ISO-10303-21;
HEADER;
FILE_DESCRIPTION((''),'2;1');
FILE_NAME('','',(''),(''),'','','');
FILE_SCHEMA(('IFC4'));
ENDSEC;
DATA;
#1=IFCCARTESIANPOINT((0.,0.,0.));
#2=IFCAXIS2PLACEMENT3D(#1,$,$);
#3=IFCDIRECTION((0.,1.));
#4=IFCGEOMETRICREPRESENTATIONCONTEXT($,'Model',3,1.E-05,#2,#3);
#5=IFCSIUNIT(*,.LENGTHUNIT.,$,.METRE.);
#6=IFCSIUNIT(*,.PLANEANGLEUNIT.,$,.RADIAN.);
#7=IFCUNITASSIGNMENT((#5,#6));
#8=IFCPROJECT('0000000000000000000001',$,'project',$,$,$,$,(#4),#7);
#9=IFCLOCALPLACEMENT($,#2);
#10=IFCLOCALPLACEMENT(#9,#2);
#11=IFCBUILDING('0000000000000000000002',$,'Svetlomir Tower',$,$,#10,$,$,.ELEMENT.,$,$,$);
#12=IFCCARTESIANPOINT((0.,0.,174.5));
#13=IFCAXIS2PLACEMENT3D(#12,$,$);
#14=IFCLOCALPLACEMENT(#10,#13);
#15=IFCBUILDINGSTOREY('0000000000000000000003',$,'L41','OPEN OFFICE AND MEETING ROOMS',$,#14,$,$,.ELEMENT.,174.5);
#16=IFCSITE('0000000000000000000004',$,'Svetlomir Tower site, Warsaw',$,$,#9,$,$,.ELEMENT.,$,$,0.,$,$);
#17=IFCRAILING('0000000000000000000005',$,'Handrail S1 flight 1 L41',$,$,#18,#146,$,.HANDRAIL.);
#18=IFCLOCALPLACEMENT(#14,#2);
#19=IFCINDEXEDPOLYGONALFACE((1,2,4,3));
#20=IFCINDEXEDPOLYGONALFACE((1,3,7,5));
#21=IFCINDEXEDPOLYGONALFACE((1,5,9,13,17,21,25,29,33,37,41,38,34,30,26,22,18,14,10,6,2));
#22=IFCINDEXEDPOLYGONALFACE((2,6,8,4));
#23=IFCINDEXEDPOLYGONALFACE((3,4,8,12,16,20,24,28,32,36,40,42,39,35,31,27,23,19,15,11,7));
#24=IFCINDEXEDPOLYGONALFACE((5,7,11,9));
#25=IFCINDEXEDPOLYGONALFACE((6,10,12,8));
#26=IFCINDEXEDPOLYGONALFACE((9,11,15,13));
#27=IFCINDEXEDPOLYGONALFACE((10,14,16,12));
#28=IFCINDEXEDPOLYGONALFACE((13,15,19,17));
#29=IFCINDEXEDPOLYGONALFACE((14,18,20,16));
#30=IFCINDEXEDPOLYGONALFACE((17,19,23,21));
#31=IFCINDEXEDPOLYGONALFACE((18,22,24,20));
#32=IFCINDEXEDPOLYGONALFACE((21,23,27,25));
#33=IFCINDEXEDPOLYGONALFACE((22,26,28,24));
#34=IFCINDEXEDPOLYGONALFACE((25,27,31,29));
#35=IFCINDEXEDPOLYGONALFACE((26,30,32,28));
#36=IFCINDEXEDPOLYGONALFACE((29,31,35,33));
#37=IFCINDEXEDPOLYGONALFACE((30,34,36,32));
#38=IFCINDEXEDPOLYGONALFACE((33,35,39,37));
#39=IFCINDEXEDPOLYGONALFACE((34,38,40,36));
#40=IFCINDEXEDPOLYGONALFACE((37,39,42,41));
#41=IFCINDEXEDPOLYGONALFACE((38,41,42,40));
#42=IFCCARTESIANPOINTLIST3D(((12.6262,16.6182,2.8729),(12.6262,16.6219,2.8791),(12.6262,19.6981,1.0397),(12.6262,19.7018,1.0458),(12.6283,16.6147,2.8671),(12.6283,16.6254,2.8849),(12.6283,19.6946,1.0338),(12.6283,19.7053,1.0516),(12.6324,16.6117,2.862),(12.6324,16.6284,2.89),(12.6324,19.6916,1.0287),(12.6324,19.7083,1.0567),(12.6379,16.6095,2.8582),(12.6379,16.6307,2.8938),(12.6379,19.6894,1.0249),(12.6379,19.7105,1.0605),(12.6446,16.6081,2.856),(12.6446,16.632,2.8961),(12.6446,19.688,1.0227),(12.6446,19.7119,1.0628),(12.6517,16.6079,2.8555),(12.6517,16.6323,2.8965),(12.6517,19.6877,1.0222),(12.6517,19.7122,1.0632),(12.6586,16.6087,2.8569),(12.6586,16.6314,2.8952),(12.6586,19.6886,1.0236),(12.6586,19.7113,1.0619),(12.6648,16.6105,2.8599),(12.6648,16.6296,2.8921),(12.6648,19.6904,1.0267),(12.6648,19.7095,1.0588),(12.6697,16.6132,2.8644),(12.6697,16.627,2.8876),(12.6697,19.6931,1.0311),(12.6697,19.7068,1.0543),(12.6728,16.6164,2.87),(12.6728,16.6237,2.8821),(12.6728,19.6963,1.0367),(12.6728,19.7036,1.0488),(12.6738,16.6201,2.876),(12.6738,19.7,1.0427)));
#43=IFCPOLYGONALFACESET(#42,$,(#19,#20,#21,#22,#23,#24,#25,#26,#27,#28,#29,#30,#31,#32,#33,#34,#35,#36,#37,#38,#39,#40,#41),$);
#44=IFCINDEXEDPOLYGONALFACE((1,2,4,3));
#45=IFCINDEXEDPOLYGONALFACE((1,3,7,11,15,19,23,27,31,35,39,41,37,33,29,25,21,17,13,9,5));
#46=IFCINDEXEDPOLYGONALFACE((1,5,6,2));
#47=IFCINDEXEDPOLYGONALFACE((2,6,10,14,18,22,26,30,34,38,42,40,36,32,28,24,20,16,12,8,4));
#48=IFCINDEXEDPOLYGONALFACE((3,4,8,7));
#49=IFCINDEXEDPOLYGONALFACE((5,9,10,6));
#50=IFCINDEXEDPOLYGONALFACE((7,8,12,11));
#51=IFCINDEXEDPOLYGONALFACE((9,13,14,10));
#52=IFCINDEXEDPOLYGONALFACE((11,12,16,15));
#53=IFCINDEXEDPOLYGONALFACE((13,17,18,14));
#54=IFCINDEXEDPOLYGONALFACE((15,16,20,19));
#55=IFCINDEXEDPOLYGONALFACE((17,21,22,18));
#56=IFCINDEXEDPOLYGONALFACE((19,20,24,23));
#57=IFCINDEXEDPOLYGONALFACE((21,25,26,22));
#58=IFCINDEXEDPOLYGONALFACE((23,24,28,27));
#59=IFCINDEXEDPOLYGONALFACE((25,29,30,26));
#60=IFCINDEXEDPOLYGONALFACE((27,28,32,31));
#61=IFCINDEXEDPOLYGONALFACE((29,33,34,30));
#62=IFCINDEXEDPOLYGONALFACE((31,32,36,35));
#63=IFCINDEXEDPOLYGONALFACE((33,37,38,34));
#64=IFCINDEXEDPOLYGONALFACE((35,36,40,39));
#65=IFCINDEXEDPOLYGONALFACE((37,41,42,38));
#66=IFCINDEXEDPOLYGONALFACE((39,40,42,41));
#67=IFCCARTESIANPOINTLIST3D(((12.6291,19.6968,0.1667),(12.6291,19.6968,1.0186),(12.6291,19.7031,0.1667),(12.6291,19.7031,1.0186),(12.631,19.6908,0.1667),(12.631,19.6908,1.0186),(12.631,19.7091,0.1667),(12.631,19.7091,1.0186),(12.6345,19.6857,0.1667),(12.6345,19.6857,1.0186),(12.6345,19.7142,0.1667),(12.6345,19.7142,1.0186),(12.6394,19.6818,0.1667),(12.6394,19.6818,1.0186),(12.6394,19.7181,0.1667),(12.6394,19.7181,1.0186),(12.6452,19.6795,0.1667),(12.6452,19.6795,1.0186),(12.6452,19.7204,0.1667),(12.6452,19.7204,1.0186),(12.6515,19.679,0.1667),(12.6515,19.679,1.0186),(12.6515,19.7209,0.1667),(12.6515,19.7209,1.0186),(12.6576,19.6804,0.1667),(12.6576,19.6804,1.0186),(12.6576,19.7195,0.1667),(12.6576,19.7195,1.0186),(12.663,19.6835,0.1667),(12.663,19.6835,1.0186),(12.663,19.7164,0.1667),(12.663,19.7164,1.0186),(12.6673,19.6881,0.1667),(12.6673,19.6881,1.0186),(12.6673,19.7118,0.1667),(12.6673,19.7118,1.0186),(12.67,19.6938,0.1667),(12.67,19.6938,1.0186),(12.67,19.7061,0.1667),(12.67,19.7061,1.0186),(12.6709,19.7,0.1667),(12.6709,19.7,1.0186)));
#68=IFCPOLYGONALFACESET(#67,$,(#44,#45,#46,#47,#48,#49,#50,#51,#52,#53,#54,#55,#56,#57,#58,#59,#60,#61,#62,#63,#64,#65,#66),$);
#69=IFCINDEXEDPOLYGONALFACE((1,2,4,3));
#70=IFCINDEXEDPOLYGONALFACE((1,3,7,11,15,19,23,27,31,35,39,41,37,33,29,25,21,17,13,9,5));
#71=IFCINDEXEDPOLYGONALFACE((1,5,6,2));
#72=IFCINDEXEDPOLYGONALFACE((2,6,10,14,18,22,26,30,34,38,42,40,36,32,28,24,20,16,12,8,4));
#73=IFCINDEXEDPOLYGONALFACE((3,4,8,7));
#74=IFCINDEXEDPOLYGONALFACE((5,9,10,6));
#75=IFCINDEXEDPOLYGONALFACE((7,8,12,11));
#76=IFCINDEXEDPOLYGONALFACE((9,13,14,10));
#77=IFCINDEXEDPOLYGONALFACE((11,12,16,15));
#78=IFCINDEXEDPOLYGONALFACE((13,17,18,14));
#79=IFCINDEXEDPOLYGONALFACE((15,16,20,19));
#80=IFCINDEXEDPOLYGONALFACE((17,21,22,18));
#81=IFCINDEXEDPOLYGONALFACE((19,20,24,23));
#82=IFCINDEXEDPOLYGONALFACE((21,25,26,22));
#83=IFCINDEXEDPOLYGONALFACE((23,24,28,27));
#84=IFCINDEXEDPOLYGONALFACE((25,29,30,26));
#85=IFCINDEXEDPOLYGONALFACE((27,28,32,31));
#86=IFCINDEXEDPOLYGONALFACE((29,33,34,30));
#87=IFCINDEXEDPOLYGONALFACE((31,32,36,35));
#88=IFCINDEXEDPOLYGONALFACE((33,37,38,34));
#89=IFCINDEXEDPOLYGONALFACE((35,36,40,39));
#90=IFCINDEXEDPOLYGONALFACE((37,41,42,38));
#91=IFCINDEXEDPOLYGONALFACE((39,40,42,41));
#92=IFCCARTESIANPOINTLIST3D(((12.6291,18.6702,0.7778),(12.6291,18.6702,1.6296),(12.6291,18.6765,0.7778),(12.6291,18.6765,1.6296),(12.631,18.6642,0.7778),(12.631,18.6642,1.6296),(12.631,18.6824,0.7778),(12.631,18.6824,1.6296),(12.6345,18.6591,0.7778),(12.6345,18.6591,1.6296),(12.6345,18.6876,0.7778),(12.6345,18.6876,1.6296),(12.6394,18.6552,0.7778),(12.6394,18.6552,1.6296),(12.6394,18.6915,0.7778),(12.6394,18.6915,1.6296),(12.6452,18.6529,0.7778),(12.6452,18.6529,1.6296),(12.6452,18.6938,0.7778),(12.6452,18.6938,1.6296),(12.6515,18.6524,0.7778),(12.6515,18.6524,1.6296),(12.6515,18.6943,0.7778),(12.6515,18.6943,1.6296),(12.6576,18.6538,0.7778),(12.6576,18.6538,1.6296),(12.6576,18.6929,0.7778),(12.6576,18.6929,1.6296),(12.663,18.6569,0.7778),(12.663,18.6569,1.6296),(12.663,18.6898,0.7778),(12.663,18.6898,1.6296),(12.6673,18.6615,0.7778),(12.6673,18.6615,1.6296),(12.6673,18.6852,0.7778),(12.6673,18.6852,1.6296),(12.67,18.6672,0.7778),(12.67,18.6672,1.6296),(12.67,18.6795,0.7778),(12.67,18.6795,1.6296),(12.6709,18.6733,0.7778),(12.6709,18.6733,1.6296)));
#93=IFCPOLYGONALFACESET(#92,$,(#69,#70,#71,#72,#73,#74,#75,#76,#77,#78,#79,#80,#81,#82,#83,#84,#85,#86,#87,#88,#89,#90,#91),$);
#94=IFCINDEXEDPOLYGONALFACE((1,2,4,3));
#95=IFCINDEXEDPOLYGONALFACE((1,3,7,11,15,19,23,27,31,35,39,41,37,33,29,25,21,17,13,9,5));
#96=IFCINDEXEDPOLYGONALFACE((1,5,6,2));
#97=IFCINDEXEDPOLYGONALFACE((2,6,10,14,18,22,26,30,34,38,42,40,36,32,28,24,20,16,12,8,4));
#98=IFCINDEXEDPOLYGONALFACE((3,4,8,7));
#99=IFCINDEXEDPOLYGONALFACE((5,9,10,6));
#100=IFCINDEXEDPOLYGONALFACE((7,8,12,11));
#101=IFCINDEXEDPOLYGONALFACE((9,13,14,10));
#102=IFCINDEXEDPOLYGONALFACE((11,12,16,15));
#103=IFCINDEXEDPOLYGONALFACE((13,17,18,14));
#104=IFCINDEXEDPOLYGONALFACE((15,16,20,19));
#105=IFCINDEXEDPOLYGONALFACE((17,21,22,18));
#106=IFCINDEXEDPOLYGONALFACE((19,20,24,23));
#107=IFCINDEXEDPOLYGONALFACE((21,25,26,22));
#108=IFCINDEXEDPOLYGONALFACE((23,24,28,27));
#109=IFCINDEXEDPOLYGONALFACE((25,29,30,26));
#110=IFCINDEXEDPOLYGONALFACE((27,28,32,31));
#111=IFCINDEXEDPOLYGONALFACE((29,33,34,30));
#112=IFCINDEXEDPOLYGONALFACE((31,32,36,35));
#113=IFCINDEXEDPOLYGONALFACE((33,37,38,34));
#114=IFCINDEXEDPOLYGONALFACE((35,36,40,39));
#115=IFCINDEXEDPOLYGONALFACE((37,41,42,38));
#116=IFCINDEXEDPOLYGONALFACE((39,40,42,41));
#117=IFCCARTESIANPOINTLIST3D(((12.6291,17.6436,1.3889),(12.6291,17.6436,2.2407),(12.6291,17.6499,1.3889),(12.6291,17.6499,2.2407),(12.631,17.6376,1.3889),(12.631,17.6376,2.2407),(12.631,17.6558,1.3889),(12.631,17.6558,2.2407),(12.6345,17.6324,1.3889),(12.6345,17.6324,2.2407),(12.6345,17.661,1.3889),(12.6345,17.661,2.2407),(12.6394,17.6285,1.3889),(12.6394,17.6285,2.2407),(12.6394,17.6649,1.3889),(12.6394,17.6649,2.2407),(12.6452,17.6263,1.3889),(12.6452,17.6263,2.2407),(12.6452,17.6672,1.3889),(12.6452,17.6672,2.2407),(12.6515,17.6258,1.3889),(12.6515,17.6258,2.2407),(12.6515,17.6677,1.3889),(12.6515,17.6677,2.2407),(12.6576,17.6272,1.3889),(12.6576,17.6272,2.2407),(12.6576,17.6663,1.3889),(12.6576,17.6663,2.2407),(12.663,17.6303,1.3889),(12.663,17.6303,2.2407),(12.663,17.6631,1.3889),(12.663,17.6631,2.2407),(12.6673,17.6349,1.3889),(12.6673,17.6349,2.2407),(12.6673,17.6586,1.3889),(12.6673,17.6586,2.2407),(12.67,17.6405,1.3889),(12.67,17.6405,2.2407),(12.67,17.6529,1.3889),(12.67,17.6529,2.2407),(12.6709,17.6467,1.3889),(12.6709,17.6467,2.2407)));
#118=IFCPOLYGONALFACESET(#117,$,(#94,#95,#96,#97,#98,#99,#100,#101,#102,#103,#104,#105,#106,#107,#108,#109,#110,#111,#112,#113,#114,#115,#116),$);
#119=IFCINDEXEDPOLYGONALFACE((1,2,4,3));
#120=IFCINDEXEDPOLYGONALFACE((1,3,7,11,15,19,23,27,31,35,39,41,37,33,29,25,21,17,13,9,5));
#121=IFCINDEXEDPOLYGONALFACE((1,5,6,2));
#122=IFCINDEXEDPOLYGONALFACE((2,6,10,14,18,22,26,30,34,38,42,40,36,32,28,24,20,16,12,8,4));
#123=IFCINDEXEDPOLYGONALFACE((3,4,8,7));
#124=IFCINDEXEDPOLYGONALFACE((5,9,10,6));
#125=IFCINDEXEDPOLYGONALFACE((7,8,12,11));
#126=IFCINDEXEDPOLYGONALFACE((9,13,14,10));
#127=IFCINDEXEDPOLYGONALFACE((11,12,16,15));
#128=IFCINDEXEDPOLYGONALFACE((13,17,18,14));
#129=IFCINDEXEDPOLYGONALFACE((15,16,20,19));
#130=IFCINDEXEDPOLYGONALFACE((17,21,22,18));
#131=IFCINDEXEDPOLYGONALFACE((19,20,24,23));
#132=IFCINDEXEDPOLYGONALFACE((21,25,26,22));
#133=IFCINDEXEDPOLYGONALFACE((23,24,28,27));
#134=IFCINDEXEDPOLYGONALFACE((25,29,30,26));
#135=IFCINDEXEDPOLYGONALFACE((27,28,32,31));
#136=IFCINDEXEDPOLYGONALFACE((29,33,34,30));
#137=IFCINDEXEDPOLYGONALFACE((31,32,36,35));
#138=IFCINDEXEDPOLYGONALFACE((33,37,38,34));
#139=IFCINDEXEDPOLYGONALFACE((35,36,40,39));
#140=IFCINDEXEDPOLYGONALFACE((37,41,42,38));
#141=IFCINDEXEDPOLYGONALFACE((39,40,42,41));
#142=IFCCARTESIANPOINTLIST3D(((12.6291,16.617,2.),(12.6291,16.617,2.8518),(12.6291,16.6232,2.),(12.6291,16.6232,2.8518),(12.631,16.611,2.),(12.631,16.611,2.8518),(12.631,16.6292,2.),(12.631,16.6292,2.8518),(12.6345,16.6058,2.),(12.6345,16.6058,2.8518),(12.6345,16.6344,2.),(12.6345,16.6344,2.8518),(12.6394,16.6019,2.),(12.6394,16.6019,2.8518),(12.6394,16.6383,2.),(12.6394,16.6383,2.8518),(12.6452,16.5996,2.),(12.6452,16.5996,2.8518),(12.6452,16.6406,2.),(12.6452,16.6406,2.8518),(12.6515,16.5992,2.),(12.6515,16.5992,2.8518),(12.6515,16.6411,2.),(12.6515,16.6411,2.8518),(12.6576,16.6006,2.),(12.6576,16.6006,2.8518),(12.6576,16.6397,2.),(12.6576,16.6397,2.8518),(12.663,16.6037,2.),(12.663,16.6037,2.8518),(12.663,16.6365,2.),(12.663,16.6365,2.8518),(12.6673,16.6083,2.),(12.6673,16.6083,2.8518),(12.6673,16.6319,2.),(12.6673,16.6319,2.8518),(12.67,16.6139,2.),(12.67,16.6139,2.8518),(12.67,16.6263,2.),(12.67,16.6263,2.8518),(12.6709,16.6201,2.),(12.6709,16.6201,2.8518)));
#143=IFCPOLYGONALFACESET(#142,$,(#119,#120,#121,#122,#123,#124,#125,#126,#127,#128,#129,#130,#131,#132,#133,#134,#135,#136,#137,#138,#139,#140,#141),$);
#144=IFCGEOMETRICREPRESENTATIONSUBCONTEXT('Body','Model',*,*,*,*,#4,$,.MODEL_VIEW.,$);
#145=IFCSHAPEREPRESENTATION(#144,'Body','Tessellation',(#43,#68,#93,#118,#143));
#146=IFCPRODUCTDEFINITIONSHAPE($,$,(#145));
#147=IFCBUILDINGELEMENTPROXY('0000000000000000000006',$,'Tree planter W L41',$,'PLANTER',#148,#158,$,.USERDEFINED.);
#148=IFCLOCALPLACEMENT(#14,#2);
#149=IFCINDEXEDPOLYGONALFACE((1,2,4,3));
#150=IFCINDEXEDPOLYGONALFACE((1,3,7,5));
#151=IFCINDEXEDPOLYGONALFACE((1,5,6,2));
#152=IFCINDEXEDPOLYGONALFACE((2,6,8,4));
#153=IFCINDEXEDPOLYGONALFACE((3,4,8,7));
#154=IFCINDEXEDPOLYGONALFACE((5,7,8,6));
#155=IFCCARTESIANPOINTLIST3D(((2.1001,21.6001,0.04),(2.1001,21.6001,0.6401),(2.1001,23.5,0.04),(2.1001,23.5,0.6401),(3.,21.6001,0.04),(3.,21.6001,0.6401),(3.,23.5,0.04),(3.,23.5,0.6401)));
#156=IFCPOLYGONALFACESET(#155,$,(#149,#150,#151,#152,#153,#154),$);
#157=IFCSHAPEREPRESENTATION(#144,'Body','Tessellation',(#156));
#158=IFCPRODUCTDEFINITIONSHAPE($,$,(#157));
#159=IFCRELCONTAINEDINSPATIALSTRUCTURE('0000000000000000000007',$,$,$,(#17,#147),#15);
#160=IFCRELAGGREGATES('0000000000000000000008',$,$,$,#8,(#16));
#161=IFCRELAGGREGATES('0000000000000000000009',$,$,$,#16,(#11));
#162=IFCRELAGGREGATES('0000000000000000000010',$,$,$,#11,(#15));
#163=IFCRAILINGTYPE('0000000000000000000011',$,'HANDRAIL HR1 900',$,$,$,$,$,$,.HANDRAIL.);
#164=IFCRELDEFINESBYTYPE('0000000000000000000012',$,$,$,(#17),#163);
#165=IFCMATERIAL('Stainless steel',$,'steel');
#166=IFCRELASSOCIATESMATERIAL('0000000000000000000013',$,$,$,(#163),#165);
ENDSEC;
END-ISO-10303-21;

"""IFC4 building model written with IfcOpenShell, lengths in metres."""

from ifc_helpers import new_model, si_unit, direction, frame, origin, origin_2d, place, context, subcontext, project, spatial, rectangle, circle, extrude, material, type_object, element, save


model = new_model("IFC4")

# Units and contexts
model_context = context("Model", 3, precision=1e-05, world=origin(), true_north=direction((0.0, 1.0)))
body_context = subcontext(model_context, "Body", "Model", "MODEL_VIEW")
ifc_project = project(units=[si_unit("LENGTHUNIT", "METRE"), si_unit("PLANEANGLEUNIT", "RADIAN")], contexts=[model_context])

# Site, building, storey
site_placement = place(None, origin())
site = spatial("IfcSite", under=ifc_project, at=site_placement, Name="Svetlomir Tower site, Warsaw", CompositionType="ELEMENT", RefElevation=0.0)
building_placement = place(site_placement, origin())
building = spatial("IfcBuilding", under=site, at=building_placement, Name="Svetlomir Tower", CompositionType="ELEMENT")
storey_placement = place(building_placement, frame((0.0, 0.0, 174.5)))
storey = spatial("IfcBuildingStorey", under=building, at=storey_placement, Name="L41", Description="OPEN OFFICE AND MEETING ROOMS", CompositionType="ELEMENT", Elevation=174.5)

# Railing
ifc_material_1 = material(Name="Stainless steel", Category="steel")
railing_type_1 = type_object("IfcRailingType", Name="HANDRAIL HR1 900", PredefinedType="HANDRAIL", material=ifc_material_1)
railing_1_placement = place(storey_placement, frame((12.6499, 19.7, 0.1667)))
element("IfcRailing", 1, at=railing_1_placement, inside=storey, type_object=railing_type_1, Name="Handrail S1 flight 1 L41", PredefinedType="HANDRAIL", context=body_context, shape_type="SweptSolid", body=[
    extrude(circle(Radius=0.0239, at=origin_2d()), frame((0.0, 0.0, 0.876), z_axis=(0.0, -0.859291, 0.511487), x_axis=(1.0, 0.0, 0.0)), (0.0, 0.0, 1.0), 3.5842),
    extrude(circle(Radius=0.021, at=origin_2d()), origin(), (0.0, 0.0, 1.0), 0.8518),
    extrude(circle(Radius=0.021, at=origin_2d()), frame((0.0, -1.0266, 0.6111)), (0.0, 0.0, 1.0), 0.8518),
    extrude(circle(Radius=0.021, at=origin_2d()), frame((0.0, -2.0532, 1.2222)), (0.0, 0.0, 1.0), 0.8518),
    extrude(circle(Radius=0.021, at=origin_2d()), frame((0.0, -3.0798, 1.8333)), (0.0, 0.0, 1.0), 0.8518),
])

# Building element proxy
proxy_placement = place(storey_placement, frame((2.55, 22.55, 0.04), z_axis=(0.0, 0.0, 1.0), x_axis=(1.0, 0.0, 0.0)))
element("IfcBuildingElementProxy", 2, at=proxy_placement, inside=storey, Name="Tree planter W L41", ObjectType="PLANTER", PredefinedType="USERDEFINED", context=body_context, shape_type="SweptSolid", body=[
    extrude(rectangle(XDim=0.8999, YDim=1.8999, at=origin_2d()), origin(), (0.0, 0.0, 1.0), 0.6001),
])

save(model, "model.ifc")
